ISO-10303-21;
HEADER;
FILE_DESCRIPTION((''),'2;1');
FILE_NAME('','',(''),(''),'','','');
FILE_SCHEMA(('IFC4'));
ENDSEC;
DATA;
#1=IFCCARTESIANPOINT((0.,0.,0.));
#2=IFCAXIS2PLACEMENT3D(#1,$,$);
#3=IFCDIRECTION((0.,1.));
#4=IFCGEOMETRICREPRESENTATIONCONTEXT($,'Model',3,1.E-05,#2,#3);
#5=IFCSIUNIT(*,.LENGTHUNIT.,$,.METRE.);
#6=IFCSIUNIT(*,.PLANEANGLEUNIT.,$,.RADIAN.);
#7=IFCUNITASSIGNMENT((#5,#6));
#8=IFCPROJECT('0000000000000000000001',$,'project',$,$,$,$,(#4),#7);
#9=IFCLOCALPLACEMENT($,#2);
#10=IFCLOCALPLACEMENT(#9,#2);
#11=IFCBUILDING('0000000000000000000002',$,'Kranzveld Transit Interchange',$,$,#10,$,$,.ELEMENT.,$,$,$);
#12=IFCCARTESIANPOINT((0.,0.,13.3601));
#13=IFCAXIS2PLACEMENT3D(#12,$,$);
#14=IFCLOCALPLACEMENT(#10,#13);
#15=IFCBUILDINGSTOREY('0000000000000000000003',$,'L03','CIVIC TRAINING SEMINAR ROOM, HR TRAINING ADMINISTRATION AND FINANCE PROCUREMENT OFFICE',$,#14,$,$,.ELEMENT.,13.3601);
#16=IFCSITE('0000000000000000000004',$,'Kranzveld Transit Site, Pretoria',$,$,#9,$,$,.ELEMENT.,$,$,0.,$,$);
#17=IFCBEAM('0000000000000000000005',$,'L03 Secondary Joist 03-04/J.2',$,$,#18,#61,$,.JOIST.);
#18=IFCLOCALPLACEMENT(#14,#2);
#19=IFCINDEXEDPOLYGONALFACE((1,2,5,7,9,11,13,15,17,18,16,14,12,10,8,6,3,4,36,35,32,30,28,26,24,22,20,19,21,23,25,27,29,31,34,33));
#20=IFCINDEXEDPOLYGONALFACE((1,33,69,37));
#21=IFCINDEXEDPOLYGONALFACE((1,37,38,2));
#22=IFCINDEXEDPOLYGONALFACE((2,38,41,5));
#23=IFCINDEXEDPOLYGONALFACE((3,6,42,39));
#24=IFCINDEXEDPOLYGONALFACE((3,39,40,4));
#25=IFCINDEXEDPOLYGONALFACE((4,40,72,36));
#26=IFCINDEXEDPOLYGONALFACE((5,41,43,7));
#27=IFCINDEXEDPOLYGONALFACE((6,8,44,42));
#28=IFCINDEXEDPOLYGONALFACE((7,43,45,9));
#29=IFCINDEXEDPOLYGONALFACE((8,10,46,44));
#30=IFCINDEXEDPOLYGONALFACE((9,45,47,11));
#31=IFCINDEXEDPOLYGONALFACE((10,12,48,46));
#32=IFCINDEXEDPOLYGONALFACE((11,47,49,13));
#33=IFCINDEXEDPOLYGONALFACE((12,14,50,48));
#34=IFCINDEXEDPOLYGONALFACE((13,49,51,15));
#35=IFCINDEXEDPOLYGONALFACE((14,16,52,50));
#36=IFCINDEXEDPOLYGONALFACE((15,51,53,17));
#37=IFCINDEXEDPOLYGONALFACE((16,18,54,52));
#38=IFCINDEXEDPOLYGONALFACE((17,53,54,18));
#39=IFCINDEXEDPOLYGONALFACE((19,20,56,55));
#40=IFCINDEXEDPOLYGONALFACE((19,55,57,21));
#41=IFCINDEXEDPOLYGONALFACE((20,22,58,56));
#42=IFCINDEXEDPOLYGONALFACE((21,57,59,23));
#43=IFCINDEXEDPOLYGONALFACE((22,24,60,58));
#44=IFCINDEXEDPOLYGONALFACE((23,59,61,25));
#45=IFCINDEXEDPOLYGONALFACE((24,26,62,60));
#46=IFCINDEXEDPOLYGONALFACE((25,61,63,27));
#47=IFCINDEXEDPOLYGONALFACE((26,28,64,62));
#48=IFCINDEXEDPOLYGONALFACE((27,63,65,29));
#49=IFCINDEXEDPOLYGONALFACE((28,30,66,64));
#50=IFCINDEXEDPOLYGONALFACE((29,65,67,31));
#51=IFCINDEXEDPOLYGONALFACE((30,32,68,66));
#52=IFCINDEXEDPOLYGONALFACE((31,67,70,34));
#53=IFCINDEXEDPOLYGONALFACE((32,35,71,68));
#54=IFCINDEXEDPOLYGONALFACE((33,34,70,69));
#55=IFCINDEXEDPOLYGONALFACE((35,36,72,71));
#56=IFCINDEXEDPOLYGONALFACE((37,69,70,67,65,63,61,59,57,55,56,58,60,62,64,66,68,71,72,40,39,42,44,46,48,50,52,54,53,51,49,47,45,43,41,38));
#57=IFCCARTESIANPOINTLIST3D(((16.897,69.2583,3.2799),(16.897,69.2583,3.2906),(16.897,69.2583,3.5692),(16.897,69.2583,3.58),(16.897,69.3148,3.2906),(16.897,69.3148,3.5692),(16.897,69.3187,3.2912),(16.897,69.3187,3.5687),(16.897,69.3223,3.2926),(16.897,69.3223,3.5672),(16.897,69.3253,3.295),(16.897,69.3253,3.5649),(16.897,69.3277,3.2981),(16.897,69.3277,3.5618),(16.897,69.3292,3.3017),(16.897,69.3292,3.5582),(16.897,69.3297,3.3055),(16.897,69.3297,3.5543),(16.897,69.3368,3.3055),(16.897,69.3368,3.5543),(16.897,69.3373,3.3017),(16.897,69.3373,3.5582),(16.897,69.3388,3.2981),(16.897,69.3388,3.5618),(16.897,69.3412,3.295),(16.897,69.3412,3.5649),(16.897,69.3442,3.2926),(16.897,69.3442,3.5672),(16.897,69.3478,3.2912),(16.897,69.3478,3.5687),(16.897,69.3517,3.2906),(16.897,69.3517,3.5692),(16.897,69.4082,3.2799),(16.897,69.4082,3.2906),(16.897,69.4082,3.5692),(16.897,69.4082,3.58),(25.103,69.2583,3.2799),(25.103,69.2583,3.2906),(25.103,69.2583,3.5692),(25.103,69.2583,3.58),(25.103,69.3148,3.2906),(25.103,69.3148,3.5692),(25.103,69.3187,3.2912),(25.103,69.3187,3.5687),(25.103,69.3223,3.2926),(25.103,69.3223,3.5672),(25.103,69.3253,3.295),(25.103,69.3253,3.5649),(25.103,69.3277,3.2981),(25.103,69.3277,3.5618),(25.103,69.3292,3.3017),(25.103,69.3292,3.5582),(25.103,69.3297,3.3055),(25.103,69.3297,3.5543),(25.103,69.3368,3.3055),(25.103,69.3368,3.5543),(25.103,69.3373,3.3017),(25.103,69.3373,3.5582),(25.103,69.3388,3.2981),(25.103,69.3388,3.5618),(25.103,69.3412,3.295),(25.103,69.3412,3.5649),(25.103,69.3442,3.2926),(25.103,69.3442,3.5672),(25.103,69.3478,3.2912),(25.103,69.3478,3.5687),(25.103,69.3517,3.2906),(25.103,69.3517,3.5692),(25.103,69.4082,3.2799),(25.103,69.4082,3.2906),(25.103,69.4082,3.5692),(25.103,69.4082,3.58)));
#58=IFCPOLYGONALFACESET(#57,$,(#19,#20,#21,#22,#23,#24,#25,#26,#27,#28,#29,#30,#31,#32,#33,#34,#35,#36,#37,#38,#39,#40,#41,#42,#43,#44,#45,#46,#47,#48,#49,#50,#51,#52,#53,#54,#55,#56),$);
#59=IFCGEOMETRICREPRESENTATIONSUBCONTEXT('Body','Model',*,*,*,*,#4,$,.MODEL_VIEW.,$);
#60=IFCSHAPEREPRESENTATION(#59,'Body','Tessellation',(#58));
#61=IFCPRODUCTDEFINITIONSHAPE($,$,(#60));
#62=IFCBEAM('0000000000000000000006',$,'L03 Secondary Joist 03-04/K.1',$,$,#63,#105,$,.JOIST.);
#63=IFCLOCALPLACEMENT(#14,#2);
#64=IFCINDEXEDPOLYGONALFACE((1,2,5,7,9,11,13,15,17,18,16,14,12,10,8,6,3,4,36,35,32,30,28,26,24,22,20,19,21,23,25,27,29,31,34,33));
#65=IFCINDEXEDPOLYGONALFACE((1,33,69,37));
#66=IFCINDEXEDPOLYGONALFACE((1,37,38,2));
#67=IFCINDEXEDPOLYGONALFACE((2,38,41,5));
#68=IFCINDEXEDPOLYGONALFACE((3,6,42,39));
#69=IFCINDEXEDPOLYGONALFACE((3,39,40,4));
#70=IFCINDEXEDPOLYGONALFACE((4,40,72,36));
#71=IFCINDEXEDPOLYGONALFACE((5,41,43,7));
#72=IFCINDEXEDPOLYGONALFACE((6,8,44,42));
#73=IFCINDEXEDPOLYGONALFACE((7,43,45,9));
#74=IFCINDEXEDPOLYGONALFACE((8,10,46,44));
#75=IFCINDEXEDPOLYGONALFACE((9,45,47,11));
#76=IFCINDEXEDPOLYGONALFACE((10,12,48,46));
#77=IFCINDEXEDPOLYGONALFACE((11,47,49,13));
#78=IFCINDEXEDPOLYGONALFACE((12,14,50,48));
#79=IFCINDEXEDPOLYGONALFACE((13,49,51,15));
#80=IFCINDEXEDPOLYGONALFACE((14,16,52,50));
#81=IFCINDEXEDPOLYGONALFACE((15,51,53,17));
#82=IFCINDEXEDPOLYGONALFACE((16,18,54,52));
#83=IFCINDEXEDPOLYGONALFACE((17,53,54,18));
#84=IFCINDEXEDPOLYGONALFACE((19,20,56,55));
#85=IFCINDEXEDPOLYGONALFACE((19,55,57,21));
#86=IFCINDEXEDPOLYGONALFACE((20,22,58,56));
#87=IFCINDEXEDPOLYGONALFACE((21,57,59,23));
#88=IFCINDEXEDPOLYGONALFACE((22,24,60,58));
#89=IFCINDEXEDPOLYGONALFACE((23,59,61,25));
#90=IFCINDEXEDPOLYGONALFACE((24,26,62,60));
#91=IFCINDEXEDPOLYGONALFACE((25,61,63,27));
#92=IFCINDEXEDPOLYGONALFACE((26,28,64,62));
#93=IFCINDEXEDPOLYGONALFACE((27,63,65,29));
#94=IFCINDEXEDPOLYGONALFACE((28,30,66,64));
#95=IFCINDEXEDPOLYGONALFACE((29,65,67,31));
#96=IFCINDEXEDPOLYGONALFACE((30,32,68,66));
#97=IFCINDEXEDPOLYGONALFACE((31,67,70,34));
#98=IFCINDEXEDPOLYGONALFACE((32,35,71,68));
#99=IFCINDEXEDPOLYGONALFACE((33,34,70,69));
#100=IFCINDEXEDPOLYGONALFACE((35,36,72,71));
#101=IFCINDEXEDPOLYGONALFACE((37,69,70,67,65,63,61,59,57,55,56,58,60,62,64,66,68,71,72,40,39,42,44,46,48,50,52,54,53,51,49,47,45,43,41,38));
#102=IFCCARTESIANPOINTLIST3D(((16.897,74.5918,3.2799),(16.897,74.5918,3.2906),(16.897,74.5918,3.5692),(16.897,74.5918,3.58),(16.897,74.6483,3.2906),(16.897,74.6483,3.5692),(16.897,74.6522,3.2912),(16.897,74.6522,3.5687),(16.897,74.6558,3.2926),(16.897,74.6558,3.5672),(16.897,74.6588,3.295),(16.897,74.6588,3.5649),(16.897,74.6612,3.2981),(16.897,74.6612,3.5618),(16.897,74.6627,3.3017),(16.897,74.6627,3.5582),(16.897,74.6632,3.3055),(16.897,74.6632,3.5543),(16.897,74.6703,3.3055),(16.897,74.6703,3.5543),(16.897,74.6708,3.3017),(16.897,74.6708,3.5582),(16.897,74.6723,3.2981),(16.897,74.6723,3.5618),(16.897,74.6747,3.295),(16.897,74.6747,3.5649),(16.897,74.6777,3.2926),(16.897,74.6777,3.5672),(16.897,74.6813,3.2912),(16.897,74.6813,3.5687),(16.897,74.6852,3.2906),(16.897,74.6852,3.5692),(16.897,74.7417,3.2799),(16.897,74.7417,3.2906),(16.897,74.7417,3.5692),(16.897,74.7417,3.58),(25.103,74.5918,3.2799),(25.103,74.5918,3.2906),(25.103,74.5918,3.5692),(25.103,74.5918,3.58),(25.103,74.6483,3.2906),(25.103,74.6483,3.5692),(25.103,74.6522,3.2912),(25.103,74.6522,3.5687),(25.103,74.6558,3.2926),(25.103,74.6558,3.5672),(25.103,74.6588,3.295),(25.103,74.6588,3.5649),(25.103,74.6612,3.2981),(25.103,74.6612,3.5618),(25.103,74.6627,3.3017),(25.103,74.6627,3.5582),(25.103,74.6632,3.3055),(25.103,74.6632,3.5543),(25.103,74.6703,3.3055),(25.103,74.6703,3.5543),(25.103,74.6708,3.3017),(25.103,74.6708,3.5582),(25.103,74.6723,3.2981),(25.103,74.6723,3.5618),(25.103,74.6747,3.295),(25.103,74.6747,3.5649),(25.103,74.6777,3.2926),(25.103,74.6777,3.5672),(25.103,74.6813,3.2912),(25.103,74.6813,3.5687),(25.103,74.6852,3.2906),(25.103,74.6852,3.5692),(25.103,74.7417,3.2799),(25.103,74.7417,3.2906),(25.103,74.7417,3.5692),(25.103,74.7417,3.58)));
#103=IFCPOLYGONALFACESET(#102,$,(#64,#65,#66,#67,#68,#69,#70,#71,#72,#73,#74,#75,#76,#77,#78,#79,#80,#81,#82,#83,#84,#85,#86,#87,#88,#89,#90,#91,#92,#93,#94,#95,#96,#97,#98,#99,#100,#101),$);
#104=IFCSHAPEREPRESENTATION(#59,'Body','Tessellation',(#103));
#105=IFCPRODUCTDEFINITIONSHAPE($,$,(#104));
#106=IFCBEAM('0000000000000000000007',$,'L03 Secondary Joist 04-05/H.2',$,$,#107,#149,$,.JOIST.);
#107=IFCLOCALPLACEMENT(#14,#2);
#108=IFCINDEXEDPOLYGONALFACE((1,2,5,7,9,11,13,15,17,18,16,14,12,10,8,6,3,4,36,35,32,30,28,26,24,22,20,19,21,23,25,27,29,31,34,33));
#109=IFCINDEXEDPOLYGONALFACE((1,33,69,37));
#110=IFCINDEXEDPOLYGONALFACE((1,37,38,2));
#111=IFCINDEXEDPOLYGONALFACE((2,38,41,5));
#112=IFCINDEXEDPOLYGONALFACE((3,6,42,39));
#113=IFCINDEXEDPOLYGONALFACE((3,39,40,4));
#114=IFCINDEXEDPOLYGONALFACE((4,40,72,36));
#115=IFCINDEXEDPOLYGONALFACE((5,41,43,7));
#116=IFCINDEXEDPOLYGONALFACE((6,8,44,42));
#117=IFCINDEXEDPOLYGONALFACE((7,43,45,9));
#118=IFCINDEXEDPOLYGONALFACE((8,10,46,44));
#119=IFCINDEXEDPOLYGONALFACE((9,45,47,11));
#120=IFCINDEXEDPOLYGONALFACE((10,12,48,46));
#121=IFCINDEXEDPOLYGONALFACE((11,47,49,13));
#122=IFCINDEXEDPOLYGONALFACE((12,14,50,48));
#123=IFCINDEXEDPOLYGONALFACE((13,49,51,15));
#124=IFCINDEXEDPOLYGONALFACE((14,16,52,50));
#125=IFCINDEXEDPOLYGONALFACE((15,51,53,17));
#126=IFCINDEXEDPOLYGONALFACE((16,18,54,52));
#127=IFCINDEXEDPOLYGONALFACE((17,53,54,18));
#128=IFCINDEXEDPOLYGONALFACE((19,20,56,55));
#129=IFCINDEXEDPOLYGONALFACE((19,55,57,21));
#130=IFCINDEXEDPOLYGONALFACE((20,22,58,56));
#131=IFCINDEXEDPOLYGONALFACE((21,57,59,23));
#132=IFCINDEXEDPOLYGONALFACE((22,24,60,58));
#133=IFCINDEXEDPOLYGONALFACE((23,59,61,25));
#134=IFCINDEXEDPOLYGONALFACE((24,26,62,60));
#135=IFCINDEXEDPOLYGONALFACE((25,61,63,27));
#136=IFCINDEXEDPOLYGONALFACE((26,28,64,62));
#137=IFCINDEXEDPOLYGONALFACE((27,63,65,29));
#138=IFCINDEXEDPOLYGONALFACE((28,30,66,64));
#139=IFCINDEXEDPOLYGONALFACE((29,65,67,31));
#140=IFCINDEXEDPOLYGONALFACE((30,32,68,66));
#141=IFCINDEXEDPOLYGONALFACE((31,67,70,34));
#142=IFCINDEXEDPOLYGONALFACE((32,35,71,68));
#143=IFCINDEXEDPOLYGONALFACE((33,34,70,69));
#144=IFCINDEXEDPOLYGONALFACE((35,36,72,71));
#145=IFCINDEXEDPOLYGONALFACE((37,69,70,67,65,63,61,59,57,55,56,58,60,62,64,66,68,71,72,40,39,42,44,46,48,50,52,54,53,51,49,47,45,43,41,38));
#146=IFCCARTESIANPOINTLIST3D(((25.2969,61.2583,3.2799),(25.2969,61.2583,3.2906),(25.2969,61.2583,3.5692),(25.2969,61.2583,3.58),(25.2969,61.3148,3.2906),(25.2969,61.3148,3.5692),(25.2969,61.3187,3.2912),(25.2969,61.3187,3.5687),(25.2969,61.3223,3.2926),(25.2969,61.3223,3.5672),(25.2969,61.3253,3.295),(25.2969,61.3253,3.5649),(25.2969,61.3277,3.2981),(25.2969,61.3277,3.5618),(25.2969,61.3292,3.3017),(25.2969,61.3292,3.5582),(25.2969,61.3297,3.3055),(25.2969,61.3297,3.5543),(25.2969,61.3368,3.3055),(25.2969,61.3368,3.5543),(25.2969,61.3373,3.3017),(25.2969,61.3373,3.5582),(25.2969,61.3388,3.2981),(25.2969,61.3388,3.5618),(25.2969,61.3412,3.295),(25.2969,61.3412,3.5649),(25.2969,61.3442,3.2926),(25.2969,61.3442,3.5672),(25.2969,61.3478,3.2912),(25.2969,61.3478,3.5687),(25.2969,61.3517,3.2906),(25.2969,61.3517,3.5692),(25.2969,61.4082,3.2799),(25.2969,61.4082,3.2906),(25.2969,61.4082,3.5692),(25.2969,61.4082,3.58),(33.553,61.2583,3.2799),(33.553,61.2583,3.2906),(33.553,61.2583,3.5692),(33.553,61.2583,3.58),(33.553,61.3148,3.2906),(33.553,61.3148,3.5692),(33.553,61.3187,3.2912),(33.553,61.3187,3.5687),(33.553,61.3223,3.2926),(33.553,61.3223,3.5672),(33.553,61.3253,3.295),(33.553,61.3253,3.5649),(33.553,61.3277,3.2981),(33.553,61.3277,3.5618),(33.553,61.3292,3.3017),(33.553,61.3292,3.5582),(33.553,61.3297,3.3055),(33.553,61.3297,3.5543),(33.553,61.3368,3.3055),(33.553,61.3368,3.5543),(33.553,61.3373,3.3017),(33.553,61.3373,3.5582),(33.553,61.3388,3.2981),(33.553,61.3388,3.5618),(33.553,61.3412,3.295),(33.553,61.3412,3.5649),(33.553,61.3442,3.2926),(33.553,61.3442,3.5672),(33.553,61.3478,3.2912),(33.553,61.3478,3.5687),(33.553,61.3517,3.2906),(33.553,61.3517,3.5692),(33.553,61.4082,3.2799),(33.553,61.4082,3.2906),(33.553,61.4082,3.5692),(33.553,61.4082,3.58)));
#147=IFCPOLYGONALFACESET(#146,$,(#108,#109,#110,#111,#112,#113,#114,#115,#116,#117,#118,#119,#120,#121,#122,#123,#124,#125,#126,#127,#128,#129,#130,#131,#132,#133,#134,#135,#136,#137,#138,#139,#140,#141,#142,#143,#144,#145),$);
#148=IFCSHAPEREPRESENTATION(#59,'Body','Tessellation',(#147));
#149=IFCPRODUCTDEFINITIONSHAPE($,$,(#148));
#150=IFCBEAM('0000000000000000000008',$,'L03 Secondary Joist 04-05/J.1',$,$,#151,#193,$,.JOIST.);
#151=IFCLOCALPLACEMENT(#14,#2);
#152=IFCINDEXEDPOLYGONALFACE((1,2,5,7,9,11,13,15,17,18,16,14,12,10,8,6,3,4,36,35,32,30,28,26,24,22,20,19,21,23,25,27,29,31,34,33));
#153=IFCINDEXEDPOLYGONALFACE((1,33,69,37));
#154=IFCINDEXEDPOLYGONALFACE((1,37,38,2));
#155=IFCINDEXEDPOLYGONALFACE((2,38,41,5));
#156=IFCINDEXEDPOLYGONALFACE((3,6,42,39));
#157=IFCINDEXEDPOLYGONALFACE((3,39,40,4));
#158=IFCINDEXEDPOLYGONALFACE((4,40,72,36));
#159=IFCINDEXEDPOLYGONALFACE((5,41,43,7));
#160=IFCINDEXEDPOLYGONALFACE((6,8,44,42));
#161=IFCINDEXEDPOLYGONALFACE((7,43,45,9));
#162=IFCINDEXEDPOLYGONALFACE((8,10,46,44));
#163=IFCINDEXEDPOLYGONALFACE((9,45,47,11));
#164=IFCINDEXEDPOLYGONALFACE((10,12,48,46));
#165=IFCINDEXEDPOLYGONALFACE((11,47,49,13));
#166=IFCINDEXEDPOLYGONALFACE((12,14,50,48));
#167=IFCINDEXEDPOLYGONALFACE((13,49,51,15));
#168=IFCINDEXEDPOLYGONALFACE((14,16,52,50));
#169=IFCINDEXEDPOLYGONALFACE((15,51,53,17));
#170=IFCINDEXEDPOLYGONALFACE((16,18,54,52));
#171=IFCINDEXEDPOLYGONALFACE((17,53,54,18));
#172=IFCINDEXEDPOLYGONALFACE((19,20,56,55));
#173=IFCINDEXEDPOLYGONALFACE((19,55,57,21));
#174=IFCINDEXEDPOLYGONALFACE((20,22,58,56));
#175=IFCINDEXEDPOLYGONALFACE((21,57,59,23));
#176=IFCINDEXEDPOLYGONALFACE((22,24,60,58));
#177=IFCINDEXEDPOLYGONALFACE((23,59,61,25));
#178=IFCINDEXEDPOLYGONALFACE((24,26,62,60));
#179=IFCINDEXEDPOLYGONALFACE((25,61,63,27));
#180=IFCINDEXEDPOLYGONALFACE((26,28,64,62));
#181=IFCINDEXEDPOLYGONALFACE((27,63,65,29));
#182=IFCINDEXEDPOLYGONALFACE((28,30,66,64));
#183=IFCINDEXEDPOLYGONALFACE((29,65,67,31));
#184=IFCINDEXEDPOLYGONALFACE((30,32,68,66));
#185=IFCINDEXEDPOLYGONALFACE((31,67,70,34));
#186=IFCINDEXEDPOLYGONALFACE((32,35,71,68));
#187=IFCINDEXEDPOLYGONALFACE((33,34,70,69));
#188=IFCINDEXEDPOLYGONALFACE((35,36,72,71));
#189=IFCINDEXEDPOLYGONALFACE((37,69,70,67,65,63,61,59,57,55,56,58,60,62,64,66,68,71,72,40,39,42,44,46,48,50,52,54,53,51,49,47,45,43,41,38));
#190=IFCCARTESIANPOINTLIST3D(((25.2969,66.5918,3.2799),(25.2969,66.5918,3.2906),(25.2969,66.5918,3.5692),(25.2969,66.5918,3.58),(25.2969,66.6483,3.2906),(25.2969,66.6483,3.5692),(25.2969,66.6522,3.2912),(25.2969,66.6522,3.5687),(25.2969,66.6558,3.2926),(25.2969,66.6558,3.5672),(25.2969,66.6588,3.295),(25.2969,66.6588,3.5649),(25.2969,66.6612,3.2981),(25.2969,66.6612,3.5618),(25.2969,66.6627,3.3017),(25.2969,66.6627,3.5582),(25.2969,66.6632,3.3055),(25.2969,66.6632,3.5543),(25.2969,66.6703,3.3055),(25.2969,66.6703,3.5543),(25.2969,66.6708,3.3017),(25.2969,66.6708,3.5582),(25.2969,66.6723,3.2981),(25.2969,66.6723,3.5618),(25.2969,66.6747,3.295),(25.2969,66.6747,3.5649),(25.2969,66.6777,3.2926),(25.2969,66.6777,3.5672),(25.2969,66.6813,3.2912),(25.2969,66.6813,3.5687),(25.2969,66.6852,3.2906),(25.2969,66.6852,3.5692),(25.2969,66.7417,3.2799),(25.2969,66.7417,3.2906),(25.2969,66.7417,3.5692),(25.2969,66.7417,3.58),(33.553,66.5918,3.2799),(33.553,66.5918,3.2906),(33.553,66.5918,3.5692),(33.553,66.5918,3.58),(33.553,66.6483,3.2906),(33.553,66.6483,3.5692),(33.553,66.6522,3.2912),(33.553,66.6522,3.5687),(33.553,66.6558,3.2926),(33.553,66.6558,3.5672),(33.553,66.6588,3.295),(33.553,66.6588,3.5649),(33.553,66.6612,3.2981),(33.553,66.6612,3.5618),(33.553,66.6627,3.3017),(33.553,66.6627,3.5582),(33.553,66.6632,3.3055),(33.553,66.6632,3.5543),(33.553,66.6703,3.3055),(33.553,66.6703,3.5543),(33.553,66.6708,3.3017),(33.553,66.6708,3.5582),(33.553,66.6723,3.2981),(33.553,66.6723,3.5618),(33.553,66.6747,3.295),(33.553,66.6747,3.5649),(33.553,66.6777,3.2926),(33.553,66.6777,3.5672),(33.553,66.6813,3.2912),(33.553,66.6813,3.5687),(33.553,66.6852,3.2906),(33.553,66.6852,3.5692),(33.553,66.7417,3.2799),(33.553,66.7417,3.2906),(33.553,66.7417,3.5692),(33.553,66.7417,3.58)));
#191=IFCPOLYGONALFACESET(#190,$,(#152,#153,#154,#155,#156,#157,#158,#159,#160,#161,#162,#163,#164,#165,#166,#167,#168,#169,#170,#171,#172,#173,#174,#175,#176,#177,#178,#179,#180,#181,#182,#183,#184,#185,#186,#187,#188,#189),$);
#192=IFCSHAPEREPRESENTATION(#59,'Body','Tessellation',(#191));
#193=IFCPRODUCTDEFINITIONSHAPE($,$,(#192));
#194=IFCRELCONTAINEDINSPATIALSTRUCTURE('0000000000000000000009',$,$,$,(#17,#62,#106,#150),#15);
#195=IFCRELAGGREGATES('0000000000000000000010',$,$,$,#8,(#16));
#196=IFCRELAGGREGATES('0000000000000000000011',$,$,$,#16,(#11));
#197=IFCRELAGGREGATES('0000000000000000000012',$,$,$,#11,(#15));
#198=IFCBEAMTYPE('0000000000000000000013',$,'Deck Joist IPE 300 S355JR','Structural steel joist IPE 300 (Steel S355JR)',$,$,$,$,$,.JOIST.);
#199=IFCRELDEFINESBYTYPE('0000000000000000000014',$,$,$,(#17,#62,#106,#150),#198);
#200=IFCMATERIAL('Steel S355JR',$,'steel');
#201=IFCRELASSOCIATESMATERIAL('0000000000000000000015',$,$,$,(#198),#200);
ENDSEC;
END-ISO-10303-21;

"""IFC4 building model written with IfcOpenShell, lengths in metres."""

from ifc_helpers import new_model, si_unit, direction, frame, origin, origin_2d, place, context, subcontext, project, spatial, i_section, extrude, material, material_profile, profile_set, type_object, element, save


model = new_model("IFC4")

# Units and contexts
model_context = context("Model", 3, precision=1e-05, world=origin(), true_north=direction((0.0, 1.0)))
body_context = subcontext(model_context, "Body", "Model", "MODEL_VIEW")
ifc_project = project(units=[si_unit("LENGTHUNIT", "METRE"), si_unit("PLANEANGLEUNIT", "RADIAN")], contexts=[model_context])

# Site, building, storey
site_placement = place(None, origin())
site = spatial("IfcSite", under=ifc_project, at=site_placement, Name="Kranzveld Transit Site, Pretoria", CompositionType="ELEMENT", RefElevation=0.0)
building_placement = place(site_placement, origin())
building = spatial("IfcBuilding", under=site, at=building_placement, Name="Kranzveld Transit Interchange", CompositionType="ELEMENT")
storey_placement = place(building_placement, frame((0.0, 0.0, 13.3601)))
storey = spatial("IfcBuildingStorey", under=building, at=storey_placement, Name="L03", Description="CIVIC TRAINING SEMINAR ROOM, HR TRAINING ADMINISTRATION AND FINANCE PROCUREMENT OFFICE", CompositionType="ELEMENT", Elevation=13.3601)

# Beams
ifc_material_1 = material(Name="Steel S355JR", Category="steel")
ifc_material_profile_1 = material_profile(ifc_material_1, i_section(OverallWidth=0.1499, OverallDepth=0.3, WebThickness=0.0071, FlangeThickness=0.0107, FilletRadius=0.0149, at=origin_2d()), Name="IPE 300")
ifc_profile_set_1 = profile_set([ifc_material_profile_1], Name="Steel S355JR")
beam_type_1 = type_object("IfcBeamType", Name="Deck Joist IPE 300 S355JR", Description="Structural steel joist IPE 300 (Steel S355JR)", PredefinedType="JOIST", material=ifc_profile_set_1)
for number, where, z_axis, x_axis, name in (
    (1, (16.897, 69.3333, 3.4299), (1.0, 0.0, 0.0), (0.0, 1.0, 0.0), "L03 Secondary Joist 03-04/J.2"),
    (2, (16.897, 74.6667, 3.4299), (1.0, 0.0, 0.0), (0.0, 1.0, 0.0), "L03 Secondary Joist 03-04/K.1"),
):
    element("IfcBeam", number, at=place(storey_placement, frame(where, z_axis=z_axis, x_axis=x_axis)), inside=storey, type_object=beam_type_1, Name=name, PredefinedType="JOIST", context=body_context, shape_type="SweptSolid", body=[
        extrude(i_section(OverallWidth=0.1499, OverallDepth=0.3, WebThickness=0.0071, FlangeThickness=0.0107, FilletRadius=0.0149, at=origin_2d()), origin(), (0.0, 0.0, 1.0), 8.2061),
    ])
for number, where, z_axis, x_axis, name in (
    (3, (25.2969, 61.3333, 3.4299), (1.0, 0.0, 0.0), (0.0, 1.0, 0.0), "L03 Secondary Joist 04-05/H.2"),
    (4, (25.2969, 66.6667, 3.4299), (1.0, 0.0, 0.0), (0.0, 1.0, 0.0), "L03 Secondary Joist 04-05/J.1"),
):
    element("IfcBeam", number, at=place(storey_placement, frame(where, z_axis=z_axis, x_axis=x_axis)), inside=storey, type_object=beam_type_1, Name=name, PredefinedType="JOIST", context=body_context, shape_type="SweptSolid", body=[
        extrude(i_section(OverallWidth=0.1499, OverallDepth=0.3, WebThickness=0.0071, FlangeThickness=0.0107, FilletRadius=0.0149, at=origin_2d()), origin(), (0.0, 0.0, 1.0), 8.2561),
    ])

save(model, "model.ifc")
